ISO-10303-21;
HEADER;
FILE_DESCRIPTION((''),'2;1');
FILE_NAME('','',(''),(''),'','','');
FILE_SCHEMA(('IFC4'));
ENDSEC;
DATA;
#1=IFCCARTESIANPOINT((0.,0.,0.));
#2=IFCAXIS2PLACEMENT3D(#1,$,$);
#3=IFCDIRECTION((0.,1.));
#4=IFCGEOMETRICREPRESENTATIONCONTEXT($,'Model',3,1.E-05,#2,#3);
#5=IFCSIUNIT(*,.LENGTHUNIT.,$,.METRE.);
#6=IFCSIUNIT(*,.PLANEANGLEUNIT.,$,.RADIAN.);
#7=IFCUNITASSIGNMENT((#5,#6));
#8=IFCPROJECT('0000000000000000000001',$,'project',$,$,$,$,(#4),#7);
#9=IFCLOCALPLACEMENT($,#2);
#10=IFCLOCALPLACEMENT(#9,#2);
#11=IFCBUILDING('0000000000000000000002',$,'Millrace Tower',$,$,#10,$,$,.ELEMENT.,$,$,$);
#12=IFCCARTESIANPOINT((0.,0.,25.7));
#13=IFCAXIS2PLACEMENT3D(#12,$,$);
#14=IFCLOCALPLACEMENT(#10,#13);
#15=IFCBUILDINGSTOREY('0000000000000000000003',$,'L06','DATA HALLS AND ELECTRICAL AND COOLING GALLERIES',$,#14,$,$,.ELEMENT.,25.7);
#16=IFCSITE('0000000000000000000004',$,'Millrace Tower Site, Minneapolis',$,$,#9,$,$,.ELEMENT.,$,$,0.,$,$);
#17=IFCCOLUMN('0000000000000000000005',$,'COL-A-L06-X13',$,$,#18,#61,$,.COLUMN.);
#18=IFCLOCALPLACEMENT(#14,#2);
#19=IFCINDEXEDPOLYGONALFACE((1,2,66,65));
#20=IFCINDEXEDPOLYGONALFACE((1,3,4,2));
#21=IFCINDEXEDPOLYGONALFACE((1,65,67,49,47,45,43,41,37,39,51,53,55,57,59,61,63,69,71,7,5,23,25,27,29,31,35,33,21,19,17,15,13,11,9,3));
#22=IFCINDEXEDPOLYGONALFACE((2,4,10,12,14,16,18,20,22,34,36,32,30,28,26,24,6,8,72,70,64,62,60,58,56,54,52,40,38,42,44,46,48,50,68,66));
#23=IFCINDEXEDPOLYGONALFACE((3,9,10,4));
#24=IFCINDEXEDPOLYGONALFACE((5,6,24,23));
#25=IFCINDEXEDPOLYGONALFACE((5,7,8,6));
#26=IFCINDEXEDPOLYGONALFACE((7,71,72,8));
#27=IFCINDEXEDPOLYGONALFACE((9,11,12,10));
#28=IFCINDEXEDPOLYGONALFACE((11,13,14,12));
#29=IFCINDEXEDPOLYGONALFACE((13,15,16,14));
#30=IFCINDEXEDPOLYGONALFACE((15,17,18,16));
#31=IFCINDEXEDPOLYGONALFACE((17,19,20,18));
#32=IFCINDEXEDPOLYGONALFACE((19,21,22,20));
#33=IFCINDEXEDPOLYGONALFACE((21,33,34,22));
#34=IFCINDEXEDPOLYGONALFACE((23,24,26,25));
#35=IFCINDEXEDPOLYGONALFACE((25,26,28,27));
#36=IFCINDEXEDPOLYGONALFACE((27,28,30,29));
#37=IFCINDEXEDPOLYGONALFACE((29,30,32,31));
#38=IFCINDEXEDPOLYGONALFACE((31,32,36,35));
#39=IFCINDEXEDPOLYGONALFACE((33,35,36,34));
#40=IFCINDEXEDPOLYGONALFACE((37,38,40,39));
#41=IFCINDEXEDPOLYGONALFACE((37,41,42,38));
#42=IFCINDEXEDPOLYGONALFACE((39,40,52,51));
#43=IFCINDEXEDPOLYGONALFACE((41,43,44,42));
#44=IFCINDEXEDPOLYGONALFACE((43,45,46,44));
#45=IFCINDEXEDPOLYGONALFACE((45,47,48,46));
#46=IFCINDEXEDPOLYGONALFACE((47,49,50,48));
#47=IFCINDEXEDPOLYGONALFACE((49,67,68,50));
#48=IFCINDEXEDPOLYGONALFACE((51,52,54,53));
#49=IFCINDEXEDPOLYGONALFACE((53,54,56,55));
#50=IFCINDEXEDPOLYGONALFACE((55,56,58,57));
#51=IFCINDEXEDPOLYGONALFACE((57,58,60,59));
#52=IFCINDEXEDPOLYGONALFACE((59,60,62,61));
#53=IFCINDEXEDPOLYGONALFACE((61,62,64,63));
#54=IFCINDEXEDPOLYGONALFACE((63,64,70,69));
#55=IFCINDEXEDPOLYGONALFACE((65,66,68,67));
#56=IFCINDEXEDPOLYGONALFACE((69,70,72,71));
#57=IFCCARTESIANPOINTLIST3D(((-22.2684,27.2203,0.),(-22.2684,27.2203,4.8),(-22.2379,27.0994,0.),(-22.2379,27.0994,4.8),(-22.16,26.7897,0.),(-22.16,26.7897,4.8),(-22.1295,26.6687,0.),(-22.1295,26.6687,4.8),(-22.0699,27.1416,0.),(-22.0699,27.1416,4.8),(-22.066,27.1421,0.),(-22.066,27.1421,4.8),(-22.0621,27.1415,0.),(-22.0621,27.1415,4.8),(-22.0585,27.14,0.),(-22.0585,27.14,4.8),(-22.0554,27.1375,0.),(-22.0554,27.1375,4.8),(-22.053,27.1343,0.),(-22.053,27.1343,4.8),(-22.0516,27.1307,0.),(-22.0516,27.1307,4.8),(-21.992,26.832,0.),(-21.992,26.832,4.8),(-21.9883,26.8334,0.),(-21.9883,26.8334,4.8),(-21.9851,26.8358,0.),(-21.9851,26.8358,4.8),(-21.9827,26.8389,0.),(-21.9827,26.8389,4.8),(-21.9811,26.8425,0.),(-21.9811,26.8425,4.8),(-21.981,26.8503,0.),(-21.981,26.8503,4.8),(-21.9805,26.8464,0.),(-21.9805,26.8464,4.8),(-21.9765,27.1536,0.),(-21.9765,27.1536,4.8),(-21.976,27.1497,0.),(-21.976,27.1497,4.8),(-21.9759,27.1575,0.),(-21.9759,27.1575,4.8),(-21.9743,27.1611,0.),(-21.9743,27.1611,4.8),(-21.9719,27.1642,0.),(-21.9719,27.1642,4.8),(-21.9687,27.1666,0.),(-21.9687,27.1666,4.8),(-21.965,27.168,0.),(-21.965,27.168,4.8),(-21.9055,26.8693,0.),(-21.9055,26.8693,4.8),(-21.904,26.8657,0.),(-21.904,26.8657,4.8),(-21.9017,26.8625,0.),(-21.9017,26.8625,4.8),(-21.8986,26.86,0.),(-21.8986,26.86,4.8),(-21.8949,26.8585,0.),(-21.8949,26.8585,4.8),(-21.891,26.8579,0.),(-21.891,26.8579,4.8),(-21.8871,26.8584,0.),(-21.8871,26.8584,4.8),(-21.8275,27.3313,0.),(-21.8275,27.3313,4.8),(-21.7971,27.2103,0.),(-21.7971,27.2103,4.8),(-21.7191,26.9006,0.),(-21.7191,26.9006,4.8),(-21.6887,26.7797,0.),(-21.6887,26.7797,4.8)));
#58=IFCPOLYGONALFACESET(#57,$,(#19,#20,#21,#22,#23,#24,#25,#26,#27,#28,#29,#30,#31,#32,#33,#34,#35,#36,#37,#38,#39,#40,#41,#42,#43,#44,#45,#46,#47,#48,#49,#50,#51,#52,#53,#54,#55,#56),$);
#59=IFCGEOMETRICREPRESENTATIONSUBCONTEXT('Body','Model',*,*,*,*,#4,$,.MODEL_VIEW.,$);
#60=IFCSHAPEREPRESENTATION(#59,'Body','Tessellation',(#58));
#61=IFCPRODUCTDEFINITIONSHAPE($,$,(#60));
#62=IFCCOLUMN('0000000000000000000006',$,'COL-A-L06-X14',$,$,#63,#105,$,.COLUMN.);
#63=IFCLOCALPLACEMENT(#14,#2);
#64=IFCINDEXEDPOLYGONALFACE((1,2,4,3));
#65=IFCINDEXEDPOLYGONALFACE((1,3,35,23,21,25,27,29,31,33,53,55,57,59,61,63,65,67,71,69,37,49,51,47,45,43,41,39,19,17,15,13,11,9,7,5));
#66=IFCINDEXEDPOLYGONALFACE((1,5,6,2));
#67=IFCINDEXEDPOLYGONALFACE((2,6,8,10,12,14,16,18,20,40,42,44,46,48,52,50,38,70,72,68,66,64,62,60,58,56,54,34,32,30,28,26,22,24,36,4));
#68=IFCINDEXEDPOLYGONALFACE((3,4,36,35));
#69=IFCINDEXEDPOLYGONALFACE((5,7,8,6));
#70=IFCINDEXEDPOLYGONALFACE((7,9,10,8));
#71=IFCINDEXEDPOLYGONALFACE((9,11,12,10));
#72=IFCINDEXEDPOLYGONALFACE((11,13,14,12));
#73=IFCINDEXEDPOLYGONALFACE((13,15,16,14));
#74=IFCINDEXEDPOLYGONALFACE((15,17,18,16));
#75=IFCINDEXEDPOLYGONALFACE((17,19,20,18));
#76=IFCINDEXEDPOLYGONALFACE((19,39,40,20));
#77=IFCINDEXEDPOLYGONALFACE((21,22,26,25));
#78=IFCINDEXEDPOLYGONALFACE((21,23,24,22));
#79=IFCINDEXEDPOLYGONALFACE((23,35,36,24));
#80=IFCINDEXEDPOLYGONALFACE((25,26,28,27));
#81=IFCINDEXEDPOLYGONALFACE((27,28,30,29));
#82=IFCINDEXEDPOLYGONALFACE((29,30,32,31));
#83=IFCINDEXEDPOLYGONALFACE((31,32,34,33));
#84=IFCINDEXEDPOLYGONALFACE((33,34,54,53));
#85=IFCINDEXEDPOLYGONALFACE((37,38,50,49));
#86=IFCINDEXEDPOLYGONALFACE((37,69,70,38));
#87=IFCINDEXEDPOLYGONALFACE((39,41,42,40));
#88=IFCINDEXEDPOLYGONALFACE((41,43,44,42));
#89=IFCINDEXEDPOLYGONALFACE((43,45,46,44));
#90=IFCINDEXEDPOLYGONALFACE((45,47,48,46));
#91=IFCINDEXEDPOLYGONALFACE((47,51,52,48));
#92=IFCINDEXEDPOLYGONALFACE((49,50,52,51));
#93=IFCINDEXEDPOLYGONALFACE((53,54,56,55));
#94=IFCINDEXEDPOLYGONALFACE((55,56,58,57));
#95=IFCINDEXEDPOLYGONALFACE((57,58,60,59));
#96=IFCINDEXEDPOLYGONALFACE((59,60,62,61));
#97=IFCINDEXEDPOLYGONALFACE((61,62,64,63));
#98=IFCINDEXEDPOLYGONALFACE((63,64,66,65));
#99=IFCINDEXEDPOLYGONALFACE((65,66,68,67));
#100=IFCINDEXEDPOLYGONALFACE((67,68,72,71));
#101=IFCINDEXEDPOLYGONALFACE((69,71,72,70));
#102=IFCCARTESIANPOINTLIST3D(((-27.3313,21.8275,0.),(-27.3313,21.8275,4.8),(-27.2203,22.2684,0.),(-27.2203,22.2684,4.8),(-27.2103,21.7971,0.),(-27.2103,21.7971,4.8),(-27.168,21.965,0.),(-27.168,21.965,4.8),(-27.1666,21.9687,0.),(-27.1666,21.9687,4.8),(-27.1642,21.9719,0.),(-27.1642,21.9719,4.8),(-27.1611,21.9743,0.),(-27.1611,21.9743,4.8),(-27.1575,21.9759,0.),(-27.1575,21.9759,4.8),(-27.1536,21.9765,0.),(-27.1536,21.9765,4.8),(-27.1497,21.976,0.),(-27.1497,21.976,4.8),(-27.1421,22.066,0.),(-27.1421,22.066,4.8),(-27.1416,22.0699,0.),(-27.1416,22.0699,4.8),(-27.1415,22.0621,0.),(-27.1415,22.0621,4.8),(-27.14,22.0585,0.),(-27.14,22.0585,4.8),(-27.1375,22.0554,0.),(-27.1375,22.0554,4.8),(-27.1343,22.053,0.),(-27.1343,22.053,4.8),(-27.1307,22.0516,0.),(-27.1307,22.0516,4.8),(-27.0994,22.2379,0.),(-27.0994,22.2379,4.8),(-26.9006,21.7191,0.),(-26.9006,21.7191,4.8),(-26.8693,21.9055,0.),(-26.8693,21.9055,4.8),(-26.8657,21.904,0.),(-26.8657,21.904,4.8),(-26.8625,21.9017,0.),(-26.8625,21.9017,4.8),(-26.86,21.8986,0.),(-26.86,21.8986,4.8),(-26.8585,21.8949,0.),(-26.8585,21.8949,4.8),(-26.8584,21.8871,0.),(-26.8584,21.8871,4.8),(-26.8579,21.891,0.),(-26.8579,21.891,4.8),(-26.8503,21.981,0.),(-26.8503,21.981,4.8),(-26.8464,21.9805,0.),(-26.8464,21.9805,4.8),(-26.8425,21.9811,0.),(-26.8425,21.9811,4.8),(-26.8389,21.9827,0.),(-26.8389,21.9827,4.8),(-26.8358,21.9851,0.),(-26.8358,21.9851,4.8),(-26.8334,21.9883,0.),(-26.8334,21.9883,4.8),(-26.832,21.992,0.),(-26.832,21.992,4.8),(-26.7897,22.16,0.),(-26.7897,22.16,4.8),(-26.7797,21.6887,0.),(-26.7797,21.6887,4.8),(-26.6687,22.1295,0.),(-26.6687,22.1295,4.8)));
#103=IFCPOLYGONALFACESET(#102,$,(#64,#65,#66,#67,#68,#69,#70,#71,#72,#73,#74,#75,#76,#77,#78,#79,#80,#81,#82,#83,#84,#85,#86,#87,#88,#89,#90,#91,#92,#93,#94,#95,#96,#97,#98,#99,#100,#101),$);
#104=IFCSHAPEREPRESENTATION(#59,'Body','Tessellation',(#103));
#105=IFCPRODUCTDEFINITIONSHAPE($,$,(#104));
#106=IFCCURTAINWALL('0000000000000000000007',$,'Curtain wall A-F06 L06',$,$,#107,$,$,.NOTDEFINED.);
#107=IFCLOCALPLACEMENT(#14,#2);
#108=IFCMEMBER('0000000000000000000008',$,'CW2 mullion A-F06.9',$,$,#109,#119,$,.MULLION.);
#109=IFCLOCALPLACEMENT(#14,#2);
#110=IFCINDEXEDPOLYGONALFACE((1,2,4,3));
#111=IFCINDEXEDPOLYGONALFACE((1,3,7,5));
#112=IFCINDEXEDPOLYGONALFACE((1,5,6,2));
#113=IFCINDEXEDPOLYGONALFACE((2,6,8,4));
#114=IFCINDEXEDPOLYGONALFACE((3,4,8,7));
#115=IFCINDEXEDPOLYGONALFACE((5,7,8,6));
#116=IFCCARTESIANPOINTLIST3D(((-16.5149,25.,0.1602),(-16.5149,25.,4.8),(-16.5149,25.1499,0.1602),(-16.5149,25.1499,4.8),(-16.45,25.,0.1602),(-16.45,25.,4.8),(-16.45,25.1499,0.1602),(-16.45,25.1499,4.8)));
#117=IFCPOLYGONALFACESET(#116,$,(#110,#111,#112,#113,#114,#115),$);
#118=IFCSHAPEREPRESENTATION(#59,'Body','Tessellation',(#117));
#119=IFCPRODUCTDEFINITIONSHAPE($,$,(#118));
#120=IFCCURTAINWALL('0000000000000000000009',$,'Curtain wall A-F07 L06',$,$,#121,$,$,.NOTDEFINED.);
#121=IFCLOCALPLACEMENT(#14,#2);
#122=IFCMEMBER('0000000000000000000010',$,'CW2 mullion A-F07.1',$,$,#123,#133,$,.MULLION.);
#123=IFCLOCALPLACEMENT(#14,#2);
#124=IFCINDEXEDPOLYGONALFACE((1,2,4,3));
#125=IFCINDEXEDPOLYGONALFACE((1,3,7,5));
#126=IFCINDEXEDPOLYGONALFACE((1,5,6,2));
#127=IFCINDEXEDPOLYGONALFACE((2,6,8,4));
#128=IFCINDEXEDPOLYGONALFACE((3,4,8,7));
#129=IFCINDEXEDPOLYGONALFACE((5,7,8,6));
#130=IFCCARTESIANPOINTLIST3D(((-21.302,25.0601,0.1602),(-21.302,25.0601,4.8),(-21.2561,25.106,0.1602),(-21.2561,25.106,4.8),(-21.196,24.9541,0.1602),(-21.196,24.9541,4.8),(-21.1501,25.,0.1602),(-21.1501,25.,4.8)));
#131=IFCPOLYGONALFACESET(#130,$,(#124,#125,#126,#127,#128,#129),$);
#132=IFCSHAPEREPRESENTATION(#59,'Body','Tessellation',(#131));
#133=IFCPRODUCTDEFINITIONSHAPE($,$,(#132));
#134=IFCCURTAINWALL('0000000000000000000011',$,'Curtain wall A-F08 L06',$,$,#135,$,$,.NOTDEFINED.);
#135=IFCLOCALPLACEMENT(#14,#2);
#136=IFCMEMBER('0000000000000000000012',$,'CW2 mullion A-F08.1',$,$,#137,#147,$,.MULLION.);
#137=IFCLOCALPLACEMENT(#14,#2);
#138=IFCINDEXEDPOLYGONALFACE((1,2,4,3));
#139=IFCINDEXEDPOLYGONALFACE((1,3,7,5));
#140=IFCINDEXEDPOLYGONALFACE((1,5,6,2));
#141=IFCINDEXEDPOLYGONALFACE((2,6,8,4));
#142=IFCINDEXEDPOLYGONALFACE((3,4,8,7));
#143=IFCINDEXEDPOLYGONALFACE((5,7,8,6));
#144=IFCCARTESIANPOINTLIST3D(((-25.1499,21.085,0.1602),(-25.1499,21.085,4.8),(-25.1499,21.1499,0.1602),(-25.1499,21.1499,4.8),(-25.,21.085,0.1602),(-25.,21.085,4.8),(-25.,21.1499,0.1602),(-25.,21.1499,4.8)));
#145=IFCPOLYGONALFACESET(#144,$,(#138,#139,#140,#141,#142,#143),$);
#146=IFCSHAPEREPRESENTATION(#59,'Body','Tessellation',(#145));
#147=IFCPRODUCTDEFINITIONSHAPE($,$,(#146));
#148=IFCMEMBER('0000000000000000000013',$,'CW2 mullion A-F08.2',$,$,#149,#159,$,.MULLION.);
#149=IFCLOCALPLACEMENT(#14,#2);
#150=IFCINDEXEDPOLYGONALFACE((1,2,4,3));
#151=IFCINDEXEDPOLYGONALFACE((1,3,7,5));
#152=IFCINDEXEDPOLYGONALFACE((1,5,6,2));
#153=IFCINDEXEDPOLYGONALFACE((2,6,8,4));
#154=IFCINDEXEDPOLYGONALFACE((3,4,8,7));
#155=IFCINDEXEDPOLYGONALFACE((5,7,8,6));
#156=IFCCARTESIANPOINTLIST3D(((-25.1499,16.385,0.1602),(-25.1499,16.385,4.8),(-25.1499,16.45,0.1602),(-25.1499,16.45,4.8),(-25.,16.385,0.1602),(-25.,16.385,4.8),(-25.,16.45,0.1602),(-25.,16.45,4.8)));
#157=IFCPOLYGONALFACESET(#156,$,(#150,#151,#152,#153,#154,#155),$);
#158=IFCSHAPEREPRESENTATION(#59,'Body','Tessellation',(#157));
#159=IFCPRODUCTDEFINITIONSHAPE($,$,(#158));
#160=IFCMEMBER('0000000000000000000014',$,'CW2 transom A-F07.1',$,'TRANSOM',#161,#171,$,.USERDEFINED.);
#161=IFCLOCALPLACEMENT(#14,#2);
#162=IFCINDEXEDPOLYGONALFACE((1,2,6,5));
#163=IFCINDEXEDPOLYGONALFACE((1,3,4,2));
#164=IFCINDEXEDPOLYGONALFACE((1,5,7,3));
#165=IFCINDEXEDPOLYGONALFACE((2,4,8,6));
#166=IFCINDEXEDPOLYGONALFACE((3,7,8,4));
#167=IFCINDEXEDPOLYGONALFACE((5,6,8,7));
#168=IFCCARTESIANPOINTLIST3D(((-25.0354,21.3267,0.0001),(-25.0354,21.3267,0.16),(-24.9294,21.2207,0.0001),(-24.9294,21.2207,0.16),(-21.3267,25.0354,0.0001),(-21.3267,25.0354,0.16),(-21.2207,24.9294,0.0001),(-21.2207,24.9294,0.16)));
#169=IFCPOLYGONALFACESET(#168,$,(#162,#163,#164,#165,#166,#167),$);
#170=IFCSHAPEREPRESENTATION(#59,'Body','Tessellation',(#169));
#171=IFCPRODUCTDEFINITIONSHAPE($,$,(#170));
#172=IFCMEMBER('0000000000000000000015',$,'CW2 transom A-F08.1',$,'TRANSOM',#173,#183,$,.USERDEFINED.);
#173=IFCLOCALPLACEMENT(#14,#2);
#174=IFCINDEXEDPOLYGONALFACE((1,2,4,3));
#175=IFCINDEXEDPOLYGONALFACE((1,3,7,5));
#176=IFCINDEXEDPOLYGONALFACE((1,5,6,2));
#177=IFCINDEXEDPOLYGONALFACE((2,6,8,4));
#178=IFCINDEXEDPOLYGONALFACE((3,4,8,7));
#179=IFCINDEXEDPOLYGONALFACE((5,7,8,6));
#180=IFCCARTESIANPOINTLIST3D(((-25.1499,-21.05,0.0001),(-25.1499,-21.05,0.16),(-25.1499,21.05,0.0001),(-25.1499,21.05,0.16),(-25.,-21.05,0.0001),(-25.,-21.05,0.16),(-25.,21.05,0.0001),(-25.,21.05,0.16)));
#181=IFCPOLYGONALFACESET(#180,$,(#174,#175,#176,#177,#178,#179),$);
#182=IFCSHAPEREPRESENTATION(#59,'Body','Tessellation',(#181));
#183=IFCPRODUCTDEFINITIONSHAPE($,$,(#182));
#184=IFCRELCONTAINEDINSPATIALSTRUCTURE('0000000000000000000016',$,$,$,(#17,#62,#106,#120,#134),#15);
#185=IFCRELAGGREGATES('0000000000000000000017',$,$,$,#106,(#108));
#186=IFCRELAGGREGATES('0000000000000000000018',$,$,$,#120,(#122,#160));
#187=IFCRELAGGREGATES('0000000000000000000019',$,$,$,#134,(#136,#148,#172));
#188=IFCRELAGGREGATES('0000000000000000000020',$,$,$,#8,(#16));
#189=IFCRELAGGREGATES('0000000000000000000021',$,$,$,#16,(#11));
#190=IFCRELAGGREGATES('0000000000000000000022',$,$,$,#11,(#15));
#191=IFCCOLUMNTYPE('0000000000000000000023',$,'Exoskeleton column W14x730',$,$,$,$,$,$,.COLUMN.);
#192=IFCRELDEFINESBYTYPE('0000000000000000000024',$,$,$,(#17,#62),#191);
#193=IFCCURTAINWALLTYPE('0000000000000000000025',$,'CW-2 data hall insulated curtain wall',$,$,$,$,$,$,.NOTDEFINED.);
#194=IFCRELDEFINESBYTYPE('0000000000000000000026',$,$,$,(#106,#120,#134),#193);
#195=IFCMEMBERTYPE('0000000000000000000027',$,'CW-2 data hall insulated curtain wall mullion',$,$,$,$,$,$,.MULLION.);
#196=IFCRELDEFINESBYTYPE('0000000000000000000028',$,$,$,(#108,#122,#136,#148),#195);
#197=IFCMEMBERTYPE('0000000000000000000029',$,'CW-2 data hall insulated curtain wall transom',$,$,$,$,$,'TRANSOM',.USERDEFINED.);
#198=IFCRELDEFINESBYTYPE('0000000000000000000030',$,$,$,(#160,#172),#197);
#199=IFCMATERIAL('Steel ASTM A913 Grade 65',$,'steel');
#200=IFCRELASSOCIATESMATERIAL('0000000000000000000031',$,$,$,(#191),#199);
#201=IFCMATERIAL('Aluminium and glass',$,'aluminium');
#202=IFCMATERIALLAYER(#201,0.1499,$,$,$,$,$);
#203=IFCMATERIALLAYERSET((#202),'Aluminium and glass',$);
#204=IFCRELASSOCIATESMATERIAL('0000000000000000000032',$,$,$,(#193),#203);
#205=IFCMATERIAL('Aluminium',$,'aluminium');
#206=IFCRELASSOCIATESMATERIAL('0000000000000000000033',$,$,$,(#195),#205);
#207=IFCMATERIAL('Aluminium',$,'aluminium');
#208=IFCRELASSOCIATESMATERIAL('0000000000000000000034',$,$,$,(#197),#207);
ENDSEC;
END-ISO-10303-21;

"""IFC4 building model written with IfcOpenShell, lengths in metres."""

from ifc_helpers import new_model, si_unit, direction, frame, origin, origin_2d, place, context, subcontext, project, spatial, rectangle, i_section, extrude, material, layer, layer_set, material_profile, profile_set, type_object, element, aggregate, save


model = new_model("IFC4")

# Units and contexts
model_context = context("Model", 3, precision=1e-05, world=origin(), true_north=direction((0.0, 1.0)))
body_context = subcontext(model_context, "Body", "Model", "MODEL_VIEW")
ifc_project = project(units=[si_unit("LENGTHUNIT", "METRE"), si_unit("PLANEANGLEUNIT", "RADIAN")], contexts=[model_context])

# Site, building, storey
site_placement = place(None, origin())
site = spatial("IfcSite", under=ifc_project, at=site_placement, Name="Millrace Tower Site, Minneapolis", CompositionType="ELEMENT", RefElevation=0.0)
building_placement = place(site_placement, origin())
building = spatial("IfcBuilding", under=site, at=building_placement, Name="Millrace Tower", CompositionType="ELEMENT")
storey_placement = place(building_placement, frame((0.0, 0.0, 25.7)))
storey = spatial("IfcBuildingStorey", under=building, at=storey_placement, Name="L06", Description="DATA HALLS AND ELECTRICAL AND COOLING GALLERIES", CompositionType="ELEMENT", Elevation=25.7)

# Columns
ifc_material_1 = material(Name="Steel ASTM A913 Grade 65", Category="steel")
ifc_material_profile_1 = material_profile(ifc_material_1, i_section(OverallWidth=0.4546, OverallDepth=0.5688, WebThickness=0.0779, FlangeThickness=0.1248, FilletRadius=0.0151, at=origin_2d()))
ifc_profile_set_1 = profile_set([ifc_material_profile_1], Name="Steel ASTM A913 Grade 65")
column_type = type_object("IfcColumnType", Name="Exoskeleton column W14x730", PredefinedType="COLUMN", material=ifc_profile_set_1)
for number, where, z_axis, x_axis, name in (
    (1, (-21.9785, 27.0, 0.0), (0.0, 0.0, 1.0), (-0.969752, -0.244094, 0.0), "COL-A-L06-X13"),
    (2, (-27.0, 21.9785, 0.0), (0.0, 0.0, 1.0), (-0.244094, -0.969752, 0.0), "COL-A-L06-X14"),
):
    element("IfcColumn", number, at=place(storey_placement, frame(where, z_axis=z_axis, x_axis=x_axis)), inside=storey, type_object=column_type, Name=name, PredefinedType="COLUMN", context=body_context, shape_type="SweptSolid", body=[
        extrude(i_section(OverallWidth=0.4546, OverallDepth=0.5688, WebThickness=0.0779, FlangeThickness=0.1248, FilletRadius=0.0151, at=origin_2d()), origin(), (0.0, 0.0, 1.0), 4.8),
    ])

# Curtain walls, members
ifc_material_2 = material(Name="Aluminium and glass", Category="aluminium")
ifc_layer_1 = layer(ifc_material_2, 0.1499)
ifc_layer_set_1 = layer_set([ifc_layer_1], Name="Aluminium and glass")
curtain_wall_type = type_object("IfcCurtainWallType", Name="CW-2 data hall insulated curtain wall", PredefinedType="NOTDEFINED", material=ifc_layer_set_1)
placement = place(storey_placement, origin())
curtain_wall_1 = element("IfcCurtainWall", 3, at=placement, inside=storey, type_object=curtain_wall_type, Name="Curtain wall A-F06 L06", PredefinedType="NOTDEFINED")
ifc_material_3 = material(Name="Aluminium", Category="aluminium")
ifc_material_profile_2 = material_profile(ifc_material_3, rectangle(XDim=0.0649, YDim=0.1499, at=origin_2d()))
ifc_profile_set_2 = profile_set([ifc_material_profile_2], Name="Aluminium")
member_type_1 = type_object("IfcMemberType", Name="CW-2 data hall insulated curtain wall mullion", PredefinedType="MULLION", material=ifc_profile_set_2)
member_1_placement = place(storey_placement, frame((-16.4824, 25.075, 0.1602), z_axis=(0.0, 0.0, 1.0), x_axis=(-1.0, 0.0, 0.0)))
member_1 = element("IfcMember", 4, at=member_1_placement, type_object=member_type_1, Name="CW2 mullion A-F06.9", PredefinedType="MULLION", context=body_context, shape_type="SweptSolid", body=[
    extrude(rectangle(XDim=0.0649, YDim=0.1499, at=origin_2d()), origin(), (0.0, 0.0, 1.0), 4.6399),
])
aggregate(curtain_wall_1, [member_1])
curtain_wall_2 = element("IfcCurtainWall", 5, at=placement, inside=storey, type_object=curtain_wall_type, Name="Curtain wall A-F07 L06", PredefinedType="NOTDEFINED")
member_2_placement = place(storey_placement, frame((-21.2261, 25.03, 0.1602), z_axis=(0.0, 0.0, 1.0), x_axis=(-0.707107, -0.707107, 0.0)))
member_2 = element("IfcMember", 6, at=member_2_placement, type_object=member_type_1, Name="CW2 mullion A-F07.1", PredefinedType="MULLION", context=body_context, shape_type="SweptSolid", body=[
    extrude(rectangle(XDim=0.0649, YDim=0.1499, at=origin_2d()), origin(), (0.0, 0.0, 1.0), 4.6399),
])

# Curtain wall, members
curtain_wall_3 = element("IfcCurtainWall", 7, at=placement, inside=storey, type_object=curtain_wall_type, Name="Curtain wall A-F08 L06", PredefinedType="NOTDEFINED")
member_3_placement = place(storey_placement, frame((-25.075, 21.1174, 0.1602), z_axis=(0.0, 0.0, 1.0), x_axis=(0.0, -1.0, 0.0)))
member_3 = element("IfcMember", 8, at=member_3_placement, type_object=member_type_1, Name="CW2 mullion A-F08.1", PredefinedType="MULLION", context=body_context, shape_type="SweptSolid", body=[
    extrude(rectangle(XDim=0.0649, YDim=0.1499, at=origin_2d()), origin(), (0.0, 0.0, 1.0), 4.6399),
])
member_4_placement = place(storey_placement, frame((-25.075, 16.4175, 0.1602), z_axis=(0.0, 0.0, 1.0), x_axis=(0.0, -1.0, 0.0)))
member_4 = element("IfcMember", 9, at=member_4_placement, type_object=member_type_1, Name="CW2 mullion A-F08.2", PredefinedType="MULLION", context=body_context, shape_type="SweptSolid", body=[
    extrude(rectangle(XDim=0.0649, YDim=0.1499, at=origin_2d()), origin(), (0.0, 0.0, 1.0), 4.6399),
])

# Members
ifc_material_4 = material(Name="Aluminium", Category="aluminium")
ifc_material_profile_3 = material_profile(ifc_material_4, rectangle(XDim=0.1499, YDim=0.1599, at=origin_2d()))
ifc_profile_set_3 = profile_set([ifc_material_profile_3], Name="Aluminium")
member_type_2 = type_object("IfcMemberType", Name="CW-2 data hall insulated curtain wall transom", ElementType="TRANSOM", PredefinedType="USERDEFINED", material=ifc_profile_set_3)
member_5_placement = place(storey_placement, frame((-21.2737, 24.9824, 0.0801), z_axis=(-0.707107, -0.707107, 0.0), x_axis=(0.707107, -0.707107, 0.0)))
member_5 = element("IfcMember", 10, at=member_5_placement, type_object=member_type_2, Name="CW2 transom A-F07.1", ObjectType="TRANSOM", PredefinedType="USERDEFINED", context=body_context, shape_type="SweptSolid", body=[
    extrude(rectangle(XDim=0.1499, YDim=0.1599, at=origin_2d()), origin(), (0.0, 0.0, 1.0), 5.2449),
])
aggregate(curtain_wall_2, [member_2, member_5])
member_6_placement = place(storey_placement, frame((-25.075, 21.05, 0.0801), z_axis=(0.0, -1.0, 0.0), x_axis=(1.0, 0.0, 0.0)))
member_6 = element("IfcMember", 11, at=member_6_placement, type_object=member_type_2, Name="CW2 transom A-F08.1", ObjectType="TRANSOM", PredefinedType="USERDEFINED", context=body_context, shape_type="SweptSolid", body=[
    extrude(rectangle(XDim=0.1499, YDim=0.1599, at=origin_2d()), origin(), (0.0, 0.0, 1.0), 42.1001),
])
aggregate(curtain_wall_3, [member_3, member_4, member_6])

save(model, "model.ifc")
